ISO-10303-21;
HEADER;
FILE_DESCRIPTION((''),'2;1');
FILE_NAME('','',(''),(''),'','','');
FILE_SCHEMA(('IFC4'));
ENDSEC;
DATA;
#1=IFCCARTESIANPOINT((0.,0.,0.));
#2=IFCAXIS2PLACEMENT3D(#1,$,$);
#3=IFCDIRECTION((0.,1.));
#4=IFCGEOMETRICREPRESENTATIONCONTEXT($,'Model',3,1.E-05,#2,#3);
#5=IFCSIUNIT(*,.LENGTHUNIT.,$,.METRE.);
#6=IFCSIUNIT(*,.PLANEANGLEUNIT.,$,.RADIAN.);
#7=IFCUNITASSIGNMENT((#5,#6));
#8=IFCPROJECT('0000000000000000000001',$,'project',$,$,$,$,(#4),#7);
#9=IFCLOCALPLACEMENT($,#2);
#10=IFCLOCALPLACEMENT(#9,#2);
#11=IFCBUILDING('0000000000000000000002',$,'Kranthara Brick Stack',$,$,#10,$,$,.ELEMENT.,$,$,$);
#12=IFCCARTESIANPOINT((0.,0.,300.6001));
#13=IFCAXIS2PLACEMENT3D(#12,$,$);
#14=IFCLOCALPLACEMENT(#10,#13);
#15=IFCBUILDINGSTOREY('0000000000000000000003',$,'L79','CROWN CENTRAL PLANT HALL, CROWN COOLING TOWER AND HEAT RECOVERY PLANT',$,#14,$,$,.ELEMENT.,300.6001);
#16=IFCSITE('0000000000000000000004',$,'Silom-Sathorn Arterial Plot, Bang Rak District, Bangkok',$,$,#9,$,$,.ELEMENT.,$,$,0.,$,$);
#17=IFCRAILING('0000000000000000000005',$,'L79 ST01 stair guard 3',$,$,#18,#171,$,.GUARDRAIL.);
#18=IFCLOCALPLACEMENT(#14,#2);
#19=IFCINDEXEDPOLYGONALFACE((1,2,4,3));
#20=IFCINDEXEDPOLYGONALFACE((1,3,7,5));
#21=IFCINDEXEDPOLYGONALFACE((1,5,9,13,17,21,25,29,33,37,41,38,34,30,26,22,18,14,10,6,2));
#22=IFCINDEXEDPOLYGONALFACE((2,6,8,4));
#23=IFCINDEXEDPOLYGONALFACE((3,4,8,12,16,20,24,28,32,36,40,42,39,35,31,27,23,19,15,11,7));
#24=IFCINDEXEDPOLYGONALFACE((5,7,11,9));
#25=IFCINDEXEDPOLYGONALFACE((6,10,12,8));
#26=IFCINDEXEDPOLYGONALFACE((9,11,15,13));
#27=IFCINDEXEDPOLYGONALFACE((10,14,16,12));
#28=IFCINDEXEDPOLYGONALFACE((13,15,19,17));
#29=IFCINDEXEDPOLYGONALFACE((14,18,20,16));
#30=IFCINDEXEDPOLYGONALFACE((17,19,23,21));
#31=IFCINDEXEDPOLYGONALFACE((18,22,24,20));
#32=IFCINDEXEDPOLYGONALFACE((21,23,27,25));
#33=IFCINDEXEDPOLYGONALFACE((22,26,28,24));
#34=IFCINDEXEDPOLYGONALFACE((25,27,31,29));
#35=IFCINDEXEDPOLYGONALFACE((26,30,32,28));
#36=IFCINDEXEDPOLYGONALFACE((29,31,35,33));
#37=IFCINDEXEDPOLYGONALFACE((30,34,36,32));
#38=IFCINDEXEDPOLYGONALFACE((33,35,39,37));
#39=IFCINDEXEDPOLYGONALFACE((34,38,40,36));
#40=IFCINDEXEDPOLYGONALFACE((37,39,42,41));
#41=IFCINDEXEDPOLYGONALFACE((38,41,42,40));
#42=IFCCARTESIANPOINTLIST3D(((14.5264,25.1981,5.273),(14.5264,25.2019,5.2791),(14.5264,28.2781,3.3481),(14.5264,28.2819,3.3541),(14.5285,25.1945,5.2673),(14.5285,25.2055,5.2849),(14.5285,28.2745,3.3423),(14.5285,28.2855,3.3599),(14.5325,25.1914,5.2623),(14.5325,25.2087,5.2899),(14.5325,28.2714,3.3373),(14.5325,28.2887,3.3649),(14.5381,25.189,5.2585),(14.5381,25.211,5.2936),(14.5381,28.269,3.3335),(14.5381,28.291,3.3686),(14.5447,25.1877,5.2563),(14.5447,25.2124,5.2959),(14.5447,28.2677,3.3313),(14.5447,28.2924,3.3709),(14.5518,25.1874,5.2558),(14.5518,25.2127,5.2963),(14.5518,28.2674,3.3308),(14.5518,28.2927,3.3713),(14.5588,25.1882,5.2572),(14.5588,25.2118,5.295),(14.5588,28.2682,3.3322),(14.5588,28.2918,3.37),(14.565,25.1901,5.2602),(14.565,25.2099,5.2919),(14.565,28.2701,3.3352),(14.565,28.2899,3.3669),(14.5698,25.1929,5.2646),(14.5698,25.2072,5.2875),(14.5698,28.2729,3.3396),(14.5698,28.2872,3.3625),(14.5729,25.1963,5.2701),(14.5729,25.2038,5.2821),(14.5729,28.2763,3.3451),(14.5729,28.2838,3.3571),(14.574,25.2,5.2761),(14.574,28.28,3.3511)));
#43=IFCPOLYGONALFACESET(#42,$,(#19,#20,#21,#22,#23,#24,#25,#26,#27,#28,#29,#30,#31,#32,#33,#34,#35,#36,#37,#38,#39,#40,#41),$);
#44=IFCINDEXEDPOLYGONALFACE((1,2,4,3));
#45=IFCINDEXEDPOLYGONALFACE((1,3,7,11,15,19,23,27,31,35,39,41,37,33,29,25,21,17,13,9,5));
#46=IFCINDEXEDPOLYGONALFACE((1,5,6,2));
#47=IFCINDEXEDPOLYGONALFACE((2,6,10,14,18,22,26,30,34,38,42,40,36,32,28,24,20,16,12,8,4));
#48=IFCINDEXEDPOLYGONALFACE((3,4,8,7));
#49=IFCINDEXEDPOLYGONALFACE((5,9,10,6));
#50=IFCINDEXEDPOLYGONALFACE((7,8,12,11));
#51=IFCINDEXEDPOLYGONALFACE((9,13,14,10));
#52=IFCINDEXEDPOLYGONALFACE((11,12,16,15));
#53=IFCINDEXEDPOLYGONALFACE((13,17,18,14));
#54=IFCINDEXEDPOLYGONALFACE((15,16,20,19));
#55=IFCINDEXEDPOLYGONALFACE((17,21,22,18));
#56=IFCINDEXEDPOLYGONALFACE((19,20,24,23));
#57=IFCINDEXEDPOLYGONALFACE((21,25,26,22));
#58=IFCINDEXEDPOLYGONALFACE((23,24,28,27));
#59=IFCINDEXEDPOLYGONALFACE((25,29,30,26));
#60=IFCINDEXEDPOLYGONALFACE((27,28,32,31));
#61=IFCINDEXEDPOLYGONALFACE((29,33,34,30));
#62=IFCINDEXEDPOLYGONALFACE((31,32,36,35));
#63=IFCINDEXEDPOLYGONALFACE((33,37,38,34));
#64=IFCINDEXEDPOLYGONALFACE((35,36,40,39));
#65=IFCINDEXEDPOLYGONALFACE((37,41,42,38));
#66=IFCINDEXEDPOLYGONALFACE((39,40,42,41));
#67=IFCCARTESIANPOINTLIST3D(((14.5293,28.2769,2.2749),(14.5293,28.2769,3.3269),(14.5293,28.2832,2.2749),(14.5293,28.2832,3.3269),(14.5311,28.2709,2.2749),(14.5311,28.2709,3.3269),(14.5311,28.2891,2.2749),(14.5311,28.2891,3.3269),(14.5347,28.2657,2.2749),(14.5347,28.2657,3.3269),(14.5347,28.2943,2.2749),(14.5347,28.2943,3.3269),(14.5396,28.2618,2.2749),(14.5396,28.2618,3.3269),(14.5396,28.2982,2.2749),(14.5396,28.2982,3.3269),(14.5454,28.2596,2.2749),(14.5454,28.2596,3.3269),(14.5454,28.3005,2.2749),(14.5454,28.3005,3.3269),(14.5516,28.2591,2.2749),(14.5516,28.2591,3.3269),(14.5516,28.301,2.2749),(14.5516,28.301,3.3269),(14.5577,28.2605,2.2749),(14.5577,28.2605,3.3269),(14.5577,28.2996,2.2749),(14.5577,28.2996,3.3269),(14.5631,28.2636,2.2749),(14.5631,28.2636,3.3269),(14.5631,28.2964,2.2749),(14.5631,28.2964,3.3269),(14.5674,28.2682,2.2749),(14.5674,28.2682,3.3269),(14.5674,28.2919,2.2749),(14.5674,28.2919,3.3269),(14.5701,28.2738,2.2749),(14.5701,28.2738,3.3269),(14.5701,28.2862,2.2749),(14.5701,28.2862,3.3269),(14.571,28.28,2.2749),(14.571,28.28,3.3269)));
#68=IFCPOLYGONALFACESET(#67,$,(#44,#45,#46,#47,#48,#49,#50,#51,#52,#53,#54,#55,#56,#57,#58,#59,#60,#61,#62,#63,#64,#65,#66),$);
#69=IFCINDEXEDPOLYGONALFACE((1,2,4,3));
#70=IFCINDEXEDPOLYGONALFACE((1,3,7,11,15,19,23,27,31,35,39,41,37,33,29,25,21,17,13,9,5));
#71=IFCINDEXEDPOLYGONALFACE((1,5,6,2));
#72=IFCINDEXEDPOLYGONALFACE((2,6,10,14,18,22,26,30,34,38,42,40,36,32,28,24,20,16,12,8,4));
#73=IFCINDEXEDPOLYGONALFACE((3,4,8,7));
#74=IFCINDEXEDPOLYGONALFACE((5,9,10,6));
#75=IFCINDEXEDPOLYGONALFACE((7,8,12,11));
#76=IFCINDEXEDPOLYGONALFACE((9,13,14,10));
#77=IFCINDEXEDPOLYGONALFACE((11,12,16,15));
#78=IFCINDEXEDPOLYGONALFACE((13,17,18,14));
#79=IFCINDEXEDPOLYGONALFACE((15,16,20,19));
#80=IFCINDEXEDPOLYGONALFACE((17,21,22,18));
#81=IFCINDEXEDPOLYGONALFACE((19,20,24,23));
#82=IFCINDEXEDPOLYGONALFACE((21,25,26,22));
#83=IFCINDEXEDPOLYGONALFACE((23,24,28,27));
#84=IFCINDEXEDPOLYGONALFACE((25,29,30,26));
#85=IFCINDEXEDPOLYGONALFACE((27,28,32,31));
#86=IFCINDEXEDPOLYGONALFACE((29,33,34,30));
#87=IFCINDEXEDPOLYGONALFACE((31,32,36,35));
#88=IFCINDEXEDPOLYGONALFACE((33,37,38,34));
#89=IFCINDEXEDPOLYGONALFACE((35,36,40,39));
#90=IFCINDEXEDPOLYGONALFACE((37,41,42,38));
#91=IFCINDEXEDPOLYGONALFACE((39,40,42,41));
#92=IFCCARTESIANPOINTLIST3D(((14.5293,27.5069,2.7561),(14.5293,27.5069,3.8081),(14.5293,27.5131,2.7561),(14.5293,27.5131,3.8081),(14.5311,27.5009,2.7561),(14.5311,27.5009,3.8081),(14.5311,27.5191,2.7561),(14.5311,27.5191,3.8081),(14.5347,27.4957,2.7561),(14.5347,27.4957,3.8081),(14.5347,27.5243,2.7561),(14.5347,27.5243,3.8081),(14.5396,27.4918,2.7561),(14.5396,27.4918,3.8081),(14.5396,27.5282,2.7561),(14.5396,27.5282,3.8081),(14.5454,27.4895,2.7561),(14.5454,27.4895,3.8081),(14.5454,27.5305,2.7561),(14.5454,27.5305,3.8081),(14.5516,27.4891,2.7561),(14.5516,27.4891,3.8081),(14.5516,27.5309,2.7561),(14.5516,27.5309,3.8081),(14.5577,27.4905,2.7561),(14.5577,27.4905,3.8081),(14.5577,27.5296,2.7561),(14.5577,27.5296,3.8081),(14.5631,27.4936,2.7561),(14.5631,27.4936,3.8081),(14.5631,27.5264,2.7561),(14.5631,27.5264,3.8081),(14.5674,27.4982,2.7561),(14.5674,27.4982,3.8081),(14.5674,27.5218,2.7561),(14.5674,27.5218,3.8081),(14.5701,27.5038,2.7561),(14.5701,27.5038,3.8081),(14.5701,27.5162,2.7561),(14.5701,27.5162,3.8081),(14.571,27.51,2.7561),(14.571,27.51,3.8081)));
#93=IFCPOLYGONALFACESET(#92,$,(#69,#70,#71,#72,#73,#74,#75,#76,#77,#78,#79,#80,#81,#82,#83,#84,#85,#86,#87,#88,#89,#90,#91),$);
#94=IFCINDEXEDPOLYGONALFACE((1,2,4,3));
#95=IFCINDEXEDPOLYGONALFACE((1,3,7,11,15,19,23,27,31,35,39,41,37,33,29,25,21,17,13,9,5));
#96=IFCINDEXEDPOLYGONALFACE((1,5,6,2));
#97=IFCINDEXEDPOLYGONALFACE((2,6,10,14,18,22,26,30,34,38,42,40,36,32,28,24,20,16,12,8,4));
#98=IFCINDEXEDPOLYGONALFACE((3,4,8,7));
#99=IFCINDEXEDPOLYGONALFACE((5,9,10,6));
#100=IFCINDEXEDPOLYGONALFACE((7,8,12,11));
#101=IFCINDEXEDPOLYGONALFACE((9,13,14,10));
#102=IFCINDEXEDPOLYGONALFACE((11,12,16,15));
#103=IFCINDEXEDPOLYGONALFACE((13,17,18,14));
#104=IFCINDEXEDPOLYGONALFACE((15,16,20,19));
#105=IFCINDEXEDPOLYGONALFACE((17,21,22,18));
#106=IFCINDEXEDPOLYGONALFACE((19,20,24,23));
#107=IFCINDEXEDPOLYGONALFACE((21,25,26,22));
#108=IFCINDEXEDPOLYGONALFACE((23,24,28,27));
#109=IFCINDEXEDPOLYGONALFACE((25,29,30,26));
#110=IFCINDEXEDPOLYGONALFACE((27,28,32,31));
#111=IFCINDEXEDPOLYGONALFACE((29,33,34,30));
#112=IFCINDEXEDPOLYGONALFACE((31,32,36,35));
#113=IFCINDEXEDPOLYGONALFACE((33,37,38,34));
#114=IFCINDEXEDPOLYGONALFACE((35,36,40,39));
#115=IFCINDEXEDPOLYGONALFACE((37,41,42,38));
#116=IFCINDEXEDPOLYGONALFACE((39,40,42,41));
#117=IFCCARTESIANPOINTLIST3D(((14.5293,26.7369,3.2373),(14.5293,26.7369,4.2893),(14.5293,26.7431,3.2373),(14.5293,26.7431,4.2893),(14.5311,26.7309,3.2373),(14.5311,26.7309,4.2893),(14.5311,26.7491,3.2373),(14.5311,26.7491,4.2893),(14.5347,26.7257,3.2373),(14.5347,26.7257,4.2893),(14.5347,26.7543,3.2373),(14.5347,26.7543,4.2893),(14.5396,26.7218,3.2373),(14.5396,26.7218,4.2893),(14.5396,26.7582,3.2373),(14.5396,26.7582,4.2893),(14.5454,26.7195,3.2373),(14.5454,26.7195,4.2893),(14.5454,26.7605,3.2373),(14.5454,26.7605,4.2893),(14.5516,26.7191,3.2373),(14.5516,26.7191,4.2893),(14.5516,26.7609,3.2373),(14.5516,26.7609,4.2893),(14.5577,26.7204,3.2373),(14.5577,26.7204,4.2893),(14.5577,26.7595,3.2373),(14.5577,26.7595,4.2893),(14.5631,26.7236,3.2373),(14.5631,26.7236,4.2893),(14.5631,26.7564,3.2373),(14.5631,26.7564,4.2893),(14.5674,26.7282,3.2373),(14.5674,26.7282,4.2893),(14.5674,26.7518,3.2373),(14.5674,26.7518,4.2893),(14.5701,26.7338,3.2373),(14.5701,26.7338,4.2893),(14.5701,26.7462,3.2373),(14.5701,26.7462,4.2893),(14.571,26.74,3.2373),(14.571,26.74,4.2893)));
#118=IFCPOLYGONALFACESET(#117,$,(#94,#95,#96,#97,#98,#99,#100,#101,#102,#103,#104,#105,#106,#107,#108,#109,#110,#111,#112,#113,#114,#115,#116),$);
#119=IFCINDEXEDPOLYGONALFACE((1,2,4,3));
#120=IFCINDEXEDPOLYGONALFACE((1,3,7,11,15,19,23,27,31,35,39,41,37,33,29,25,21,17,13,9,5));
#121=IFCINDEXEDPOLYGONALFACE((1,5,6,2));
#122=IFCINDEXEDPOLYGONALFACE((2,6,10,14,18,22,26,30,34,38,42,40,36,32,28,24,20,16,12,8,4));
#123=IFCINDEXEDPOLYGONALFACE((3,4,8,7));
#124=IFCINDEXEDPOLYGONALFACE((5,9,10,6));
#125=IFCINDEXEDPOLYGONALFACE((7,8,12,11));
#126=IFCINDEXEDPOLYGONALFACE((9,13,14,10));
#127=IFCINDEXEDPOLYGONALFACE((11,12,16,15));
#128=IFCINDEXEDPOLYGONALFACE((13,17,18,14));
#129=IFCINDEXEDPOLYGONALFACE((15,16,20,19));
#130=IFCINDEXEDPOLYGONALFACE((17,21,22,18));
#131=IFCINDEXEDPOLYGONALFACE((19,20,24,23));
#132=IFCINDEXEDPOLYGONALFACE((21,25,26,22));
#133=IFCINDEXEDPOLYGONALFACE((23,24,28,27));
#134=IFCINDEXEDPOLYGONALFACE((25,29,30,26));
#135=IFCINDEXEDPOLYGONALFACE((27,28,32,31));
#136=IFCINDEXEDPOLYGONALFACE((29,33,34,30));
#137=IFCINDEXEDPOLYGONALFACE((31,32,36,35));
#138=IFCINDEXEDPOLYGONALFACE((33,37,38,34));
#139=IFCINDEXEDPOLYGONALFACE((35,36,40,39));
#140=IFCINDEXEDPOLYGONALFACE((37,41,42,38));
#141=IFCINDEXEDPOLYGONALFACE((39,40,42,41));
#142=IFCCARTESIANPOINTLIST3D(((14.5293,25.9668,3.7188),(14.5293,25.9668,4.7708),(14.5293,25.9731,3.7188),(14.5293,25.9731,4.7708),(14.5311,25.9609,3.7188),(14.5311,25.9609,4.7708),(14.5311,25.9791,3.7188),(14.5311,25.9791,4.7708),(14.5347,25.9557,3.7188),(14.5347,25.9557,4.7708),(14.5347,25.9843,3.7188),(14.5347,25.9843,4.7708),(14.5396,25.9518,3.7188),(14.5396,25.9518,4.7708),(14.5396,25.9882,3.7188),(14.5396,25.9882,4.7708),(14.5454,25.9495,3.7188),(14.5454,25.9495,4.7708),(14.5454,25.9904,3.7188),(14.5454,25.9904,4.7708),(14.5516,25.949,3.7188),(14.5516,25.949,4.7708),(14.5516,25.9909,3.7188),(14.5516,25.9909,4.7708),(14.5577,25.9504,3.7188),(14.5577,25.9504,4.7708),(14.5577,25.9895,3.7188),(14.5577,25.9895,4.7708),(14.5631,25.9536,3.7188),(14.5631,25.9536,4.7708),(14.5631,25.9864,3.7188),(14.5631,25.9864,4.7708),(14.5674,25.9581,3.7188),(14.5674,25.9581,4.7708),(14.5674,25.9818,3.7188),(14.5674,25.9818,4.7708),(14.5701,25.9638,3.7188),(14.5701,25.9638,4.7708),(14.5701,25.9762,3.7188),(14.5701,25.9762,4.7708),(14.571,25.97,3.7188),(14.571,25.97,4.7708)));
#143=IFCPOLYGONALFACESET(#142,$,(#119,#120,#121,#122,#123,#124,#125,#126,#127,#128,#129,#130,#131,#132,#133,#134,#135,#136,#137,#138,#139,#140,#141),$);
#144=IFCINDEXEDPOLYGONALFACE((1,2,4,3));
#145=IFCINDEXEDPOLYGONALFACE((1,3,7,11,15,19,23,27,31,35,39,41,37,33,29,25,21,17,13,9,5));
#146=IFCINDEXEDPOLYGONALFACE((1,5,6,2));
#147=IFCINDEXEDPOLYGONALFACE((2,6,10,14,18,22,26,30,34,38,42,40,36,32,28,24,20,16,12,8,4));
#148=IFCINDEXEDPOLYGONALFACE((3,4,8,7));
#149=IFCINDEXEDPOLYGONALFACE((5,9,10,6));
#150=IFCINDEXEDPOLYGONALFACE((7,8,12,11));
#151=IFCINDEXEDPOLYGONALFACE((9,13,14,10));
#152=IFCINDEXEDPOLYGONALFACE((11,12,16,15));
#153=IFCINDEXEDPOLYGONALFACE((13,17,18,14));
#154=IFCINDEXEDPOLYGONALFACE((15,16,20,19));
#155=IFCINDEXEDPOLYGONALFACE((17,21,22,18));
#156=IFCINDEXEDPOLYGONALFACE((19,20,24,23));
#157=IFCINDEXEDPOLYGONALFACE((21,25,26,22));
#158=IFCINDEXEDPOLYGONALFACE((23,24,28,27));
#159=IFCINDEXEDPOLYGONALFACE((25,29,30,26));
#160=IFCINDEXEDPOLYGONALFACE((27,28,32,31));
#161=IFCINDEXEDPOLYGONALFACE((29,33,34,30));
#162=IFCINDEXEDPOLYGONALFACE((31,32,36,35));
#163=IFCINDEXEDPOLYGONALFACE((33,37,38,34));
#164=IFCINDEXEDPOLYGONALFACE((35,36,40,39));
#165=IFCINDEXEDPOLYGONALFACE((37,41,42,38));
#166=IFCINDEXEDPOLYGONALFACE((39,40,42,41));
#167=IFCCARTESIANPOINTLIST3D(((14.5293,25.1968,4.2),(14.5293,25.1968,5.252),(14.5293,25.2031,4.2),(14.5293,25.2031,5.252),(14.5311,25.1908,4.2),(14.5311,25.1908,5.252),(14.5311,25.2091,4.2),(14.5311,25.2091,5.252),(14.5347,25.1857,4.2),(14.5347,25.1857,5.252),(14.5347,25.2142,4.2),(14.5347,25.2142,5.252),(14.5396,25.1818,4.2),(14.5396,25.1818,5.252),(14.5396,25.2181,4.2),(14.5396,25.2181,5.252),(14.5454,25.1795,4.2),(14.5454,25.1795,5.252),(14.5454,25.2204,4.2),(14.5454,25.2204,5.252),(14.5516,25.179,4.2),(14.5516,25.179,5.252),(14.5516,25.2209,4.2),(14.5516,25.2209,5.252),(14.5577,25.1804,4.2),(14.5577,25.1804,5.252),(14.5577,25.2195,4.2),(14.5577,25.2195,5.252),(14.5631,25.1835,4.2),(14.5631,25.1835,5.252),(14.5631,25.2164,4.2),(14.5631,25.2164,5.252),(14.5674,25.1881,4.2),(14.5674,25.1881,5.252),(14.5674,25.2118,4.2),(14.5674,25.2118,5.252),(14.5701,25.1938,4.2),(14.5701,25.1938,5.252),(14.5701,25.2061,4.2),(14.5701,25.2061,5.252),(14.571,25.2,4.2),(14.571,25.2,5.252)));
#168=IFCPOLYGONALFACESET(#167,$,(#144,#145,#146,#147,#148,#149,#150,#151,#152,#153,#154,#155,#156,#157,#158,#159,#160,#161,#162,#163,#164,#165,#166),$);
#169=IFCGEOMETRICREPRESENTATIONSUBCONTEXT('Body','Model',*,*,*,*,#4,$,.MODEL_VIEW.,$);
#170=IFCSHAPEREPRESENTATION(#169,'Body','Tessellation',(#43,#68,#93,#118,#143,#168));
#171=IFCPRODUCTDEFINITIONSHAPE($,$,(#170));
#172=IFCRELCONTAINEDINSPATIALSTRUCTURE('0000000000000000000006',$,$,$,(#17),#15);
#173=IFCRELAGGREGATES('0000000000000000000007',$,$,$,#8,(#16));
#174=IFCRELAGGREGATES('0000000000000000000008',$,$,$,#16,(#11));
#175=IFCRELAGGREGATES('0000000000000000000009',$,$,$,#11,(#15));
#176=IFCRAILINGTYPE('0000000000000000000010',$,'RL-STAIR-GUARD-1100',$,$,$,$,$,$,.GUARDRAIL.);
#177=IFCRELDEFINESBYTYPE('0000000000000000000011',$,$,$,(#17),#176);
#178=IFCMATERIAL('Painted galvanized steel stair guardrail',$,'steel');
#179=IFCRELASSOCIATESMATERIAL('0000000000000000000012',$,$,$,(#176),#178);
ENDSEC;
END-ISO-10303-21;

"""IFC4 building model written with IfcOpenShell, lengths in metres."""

from ifc_helpers import new_model, si_unit, direction, frame, origin, origin_2d, place, context, subcontext, project, spatial, circle, extrude, material, type_object, element, save


model = new_model("IFC4")

# Units and contexts
model_context = context("Model", 3, precision=1e-05, world=origin(), true_north=direction((0.0, 1.0)))
body_context = subcontext(model_context, "Body", "Model", "MODEL_VIEW")
ifc_project = project(units=[si_unit("LENGTHUNIT", "METRE"), si_unit("PLANEANGLEUNIT", "RADIAN")], contexts=[model_context])

# Site, building, storey
site_placement = place(None, origin())
site = spatial("IfcSite", under=ifc_project, at=site_placement, Name="Silom-Sathorn Arterial Plot, Bang Rak District, Bangkok", CompositionType="ELEMENT", RefElevation=0.0)
building_placement = place(site_placement, origin())
building = spatial("IfcBuilding", under=site, at=building_placement, Name="Kranthara Brick Stack", CompositionType="ELEMENT")
storey_placement = place(building_placement, frame((0.0, 0.0, 300.6001)))
storey = spatial("IfcBuildingStorey", under=building, at=storey_placement, Name="L79", Description="CROWN CENTRAL PLANT HALL, CROWN COOLING TOWER AND HEAT RECOVERY PLANT", CompositionType="ELEMENT", Elevation=300.6001)

# Railing
ifc_material_1 = material(Name="Painted galvanized steel stair guardrail", Category="steel")
railing_type_1 = type_object("IfcRailingType", Name="RL-STAIR-GUARD-1100", PredefinedType="GUARDRAIL", material=ifc_material_1)
railing_1_placement = place(storey_placement, frame((14.55, 28.28, 2.2749)))
element("IfcRailing", 1, at=railing_1_placement, inside=storey, type_object=railing_type_1, Name="L79 ST01 stair guard 3", PredefinedType="GUARDRAIL", context=body_context, shape_type="SweptSolid", body=[
    extrude(circle(Radius=0.0239, at=origin_2d()), frame((0.0, 0.0, 1.0762), z_axis=(0.0, -0.847998, 0.529999), x_axis=(1.0, 0.0, 0.0)), (0.0, 0.0, 1.0), 3.6321),
    extrude(circle(Radius=0.021, at=origin_2d()), origin(), (0.0, 0.0, 1.0), 1.052),
    extrude(circle(Radius=0.021, at=origin_2d()), frame((0.0, -0.77, 0.4812)), (0.0, 0.0, 1.0), 1.052),
    extrude(circle(Radius=0.021, at=origin_2d()), frame((0.0, -1.54, 0.9624)), (0.0, 0.0, 1.0), 1.052),
    extrude(circle(Radius=0.021, at=origin_2d()), frame((0.0, -2.3101, 1.4438)), (0.0, 0.0, 1.0), 1.052),
    extrude(circle(Radius=0.021, at=origin_2d()), frame((0.0, -3.0801, 1.925)), (0.0, 0.0, 1.0), 1.052),
])

save(model, "model.ifc")
